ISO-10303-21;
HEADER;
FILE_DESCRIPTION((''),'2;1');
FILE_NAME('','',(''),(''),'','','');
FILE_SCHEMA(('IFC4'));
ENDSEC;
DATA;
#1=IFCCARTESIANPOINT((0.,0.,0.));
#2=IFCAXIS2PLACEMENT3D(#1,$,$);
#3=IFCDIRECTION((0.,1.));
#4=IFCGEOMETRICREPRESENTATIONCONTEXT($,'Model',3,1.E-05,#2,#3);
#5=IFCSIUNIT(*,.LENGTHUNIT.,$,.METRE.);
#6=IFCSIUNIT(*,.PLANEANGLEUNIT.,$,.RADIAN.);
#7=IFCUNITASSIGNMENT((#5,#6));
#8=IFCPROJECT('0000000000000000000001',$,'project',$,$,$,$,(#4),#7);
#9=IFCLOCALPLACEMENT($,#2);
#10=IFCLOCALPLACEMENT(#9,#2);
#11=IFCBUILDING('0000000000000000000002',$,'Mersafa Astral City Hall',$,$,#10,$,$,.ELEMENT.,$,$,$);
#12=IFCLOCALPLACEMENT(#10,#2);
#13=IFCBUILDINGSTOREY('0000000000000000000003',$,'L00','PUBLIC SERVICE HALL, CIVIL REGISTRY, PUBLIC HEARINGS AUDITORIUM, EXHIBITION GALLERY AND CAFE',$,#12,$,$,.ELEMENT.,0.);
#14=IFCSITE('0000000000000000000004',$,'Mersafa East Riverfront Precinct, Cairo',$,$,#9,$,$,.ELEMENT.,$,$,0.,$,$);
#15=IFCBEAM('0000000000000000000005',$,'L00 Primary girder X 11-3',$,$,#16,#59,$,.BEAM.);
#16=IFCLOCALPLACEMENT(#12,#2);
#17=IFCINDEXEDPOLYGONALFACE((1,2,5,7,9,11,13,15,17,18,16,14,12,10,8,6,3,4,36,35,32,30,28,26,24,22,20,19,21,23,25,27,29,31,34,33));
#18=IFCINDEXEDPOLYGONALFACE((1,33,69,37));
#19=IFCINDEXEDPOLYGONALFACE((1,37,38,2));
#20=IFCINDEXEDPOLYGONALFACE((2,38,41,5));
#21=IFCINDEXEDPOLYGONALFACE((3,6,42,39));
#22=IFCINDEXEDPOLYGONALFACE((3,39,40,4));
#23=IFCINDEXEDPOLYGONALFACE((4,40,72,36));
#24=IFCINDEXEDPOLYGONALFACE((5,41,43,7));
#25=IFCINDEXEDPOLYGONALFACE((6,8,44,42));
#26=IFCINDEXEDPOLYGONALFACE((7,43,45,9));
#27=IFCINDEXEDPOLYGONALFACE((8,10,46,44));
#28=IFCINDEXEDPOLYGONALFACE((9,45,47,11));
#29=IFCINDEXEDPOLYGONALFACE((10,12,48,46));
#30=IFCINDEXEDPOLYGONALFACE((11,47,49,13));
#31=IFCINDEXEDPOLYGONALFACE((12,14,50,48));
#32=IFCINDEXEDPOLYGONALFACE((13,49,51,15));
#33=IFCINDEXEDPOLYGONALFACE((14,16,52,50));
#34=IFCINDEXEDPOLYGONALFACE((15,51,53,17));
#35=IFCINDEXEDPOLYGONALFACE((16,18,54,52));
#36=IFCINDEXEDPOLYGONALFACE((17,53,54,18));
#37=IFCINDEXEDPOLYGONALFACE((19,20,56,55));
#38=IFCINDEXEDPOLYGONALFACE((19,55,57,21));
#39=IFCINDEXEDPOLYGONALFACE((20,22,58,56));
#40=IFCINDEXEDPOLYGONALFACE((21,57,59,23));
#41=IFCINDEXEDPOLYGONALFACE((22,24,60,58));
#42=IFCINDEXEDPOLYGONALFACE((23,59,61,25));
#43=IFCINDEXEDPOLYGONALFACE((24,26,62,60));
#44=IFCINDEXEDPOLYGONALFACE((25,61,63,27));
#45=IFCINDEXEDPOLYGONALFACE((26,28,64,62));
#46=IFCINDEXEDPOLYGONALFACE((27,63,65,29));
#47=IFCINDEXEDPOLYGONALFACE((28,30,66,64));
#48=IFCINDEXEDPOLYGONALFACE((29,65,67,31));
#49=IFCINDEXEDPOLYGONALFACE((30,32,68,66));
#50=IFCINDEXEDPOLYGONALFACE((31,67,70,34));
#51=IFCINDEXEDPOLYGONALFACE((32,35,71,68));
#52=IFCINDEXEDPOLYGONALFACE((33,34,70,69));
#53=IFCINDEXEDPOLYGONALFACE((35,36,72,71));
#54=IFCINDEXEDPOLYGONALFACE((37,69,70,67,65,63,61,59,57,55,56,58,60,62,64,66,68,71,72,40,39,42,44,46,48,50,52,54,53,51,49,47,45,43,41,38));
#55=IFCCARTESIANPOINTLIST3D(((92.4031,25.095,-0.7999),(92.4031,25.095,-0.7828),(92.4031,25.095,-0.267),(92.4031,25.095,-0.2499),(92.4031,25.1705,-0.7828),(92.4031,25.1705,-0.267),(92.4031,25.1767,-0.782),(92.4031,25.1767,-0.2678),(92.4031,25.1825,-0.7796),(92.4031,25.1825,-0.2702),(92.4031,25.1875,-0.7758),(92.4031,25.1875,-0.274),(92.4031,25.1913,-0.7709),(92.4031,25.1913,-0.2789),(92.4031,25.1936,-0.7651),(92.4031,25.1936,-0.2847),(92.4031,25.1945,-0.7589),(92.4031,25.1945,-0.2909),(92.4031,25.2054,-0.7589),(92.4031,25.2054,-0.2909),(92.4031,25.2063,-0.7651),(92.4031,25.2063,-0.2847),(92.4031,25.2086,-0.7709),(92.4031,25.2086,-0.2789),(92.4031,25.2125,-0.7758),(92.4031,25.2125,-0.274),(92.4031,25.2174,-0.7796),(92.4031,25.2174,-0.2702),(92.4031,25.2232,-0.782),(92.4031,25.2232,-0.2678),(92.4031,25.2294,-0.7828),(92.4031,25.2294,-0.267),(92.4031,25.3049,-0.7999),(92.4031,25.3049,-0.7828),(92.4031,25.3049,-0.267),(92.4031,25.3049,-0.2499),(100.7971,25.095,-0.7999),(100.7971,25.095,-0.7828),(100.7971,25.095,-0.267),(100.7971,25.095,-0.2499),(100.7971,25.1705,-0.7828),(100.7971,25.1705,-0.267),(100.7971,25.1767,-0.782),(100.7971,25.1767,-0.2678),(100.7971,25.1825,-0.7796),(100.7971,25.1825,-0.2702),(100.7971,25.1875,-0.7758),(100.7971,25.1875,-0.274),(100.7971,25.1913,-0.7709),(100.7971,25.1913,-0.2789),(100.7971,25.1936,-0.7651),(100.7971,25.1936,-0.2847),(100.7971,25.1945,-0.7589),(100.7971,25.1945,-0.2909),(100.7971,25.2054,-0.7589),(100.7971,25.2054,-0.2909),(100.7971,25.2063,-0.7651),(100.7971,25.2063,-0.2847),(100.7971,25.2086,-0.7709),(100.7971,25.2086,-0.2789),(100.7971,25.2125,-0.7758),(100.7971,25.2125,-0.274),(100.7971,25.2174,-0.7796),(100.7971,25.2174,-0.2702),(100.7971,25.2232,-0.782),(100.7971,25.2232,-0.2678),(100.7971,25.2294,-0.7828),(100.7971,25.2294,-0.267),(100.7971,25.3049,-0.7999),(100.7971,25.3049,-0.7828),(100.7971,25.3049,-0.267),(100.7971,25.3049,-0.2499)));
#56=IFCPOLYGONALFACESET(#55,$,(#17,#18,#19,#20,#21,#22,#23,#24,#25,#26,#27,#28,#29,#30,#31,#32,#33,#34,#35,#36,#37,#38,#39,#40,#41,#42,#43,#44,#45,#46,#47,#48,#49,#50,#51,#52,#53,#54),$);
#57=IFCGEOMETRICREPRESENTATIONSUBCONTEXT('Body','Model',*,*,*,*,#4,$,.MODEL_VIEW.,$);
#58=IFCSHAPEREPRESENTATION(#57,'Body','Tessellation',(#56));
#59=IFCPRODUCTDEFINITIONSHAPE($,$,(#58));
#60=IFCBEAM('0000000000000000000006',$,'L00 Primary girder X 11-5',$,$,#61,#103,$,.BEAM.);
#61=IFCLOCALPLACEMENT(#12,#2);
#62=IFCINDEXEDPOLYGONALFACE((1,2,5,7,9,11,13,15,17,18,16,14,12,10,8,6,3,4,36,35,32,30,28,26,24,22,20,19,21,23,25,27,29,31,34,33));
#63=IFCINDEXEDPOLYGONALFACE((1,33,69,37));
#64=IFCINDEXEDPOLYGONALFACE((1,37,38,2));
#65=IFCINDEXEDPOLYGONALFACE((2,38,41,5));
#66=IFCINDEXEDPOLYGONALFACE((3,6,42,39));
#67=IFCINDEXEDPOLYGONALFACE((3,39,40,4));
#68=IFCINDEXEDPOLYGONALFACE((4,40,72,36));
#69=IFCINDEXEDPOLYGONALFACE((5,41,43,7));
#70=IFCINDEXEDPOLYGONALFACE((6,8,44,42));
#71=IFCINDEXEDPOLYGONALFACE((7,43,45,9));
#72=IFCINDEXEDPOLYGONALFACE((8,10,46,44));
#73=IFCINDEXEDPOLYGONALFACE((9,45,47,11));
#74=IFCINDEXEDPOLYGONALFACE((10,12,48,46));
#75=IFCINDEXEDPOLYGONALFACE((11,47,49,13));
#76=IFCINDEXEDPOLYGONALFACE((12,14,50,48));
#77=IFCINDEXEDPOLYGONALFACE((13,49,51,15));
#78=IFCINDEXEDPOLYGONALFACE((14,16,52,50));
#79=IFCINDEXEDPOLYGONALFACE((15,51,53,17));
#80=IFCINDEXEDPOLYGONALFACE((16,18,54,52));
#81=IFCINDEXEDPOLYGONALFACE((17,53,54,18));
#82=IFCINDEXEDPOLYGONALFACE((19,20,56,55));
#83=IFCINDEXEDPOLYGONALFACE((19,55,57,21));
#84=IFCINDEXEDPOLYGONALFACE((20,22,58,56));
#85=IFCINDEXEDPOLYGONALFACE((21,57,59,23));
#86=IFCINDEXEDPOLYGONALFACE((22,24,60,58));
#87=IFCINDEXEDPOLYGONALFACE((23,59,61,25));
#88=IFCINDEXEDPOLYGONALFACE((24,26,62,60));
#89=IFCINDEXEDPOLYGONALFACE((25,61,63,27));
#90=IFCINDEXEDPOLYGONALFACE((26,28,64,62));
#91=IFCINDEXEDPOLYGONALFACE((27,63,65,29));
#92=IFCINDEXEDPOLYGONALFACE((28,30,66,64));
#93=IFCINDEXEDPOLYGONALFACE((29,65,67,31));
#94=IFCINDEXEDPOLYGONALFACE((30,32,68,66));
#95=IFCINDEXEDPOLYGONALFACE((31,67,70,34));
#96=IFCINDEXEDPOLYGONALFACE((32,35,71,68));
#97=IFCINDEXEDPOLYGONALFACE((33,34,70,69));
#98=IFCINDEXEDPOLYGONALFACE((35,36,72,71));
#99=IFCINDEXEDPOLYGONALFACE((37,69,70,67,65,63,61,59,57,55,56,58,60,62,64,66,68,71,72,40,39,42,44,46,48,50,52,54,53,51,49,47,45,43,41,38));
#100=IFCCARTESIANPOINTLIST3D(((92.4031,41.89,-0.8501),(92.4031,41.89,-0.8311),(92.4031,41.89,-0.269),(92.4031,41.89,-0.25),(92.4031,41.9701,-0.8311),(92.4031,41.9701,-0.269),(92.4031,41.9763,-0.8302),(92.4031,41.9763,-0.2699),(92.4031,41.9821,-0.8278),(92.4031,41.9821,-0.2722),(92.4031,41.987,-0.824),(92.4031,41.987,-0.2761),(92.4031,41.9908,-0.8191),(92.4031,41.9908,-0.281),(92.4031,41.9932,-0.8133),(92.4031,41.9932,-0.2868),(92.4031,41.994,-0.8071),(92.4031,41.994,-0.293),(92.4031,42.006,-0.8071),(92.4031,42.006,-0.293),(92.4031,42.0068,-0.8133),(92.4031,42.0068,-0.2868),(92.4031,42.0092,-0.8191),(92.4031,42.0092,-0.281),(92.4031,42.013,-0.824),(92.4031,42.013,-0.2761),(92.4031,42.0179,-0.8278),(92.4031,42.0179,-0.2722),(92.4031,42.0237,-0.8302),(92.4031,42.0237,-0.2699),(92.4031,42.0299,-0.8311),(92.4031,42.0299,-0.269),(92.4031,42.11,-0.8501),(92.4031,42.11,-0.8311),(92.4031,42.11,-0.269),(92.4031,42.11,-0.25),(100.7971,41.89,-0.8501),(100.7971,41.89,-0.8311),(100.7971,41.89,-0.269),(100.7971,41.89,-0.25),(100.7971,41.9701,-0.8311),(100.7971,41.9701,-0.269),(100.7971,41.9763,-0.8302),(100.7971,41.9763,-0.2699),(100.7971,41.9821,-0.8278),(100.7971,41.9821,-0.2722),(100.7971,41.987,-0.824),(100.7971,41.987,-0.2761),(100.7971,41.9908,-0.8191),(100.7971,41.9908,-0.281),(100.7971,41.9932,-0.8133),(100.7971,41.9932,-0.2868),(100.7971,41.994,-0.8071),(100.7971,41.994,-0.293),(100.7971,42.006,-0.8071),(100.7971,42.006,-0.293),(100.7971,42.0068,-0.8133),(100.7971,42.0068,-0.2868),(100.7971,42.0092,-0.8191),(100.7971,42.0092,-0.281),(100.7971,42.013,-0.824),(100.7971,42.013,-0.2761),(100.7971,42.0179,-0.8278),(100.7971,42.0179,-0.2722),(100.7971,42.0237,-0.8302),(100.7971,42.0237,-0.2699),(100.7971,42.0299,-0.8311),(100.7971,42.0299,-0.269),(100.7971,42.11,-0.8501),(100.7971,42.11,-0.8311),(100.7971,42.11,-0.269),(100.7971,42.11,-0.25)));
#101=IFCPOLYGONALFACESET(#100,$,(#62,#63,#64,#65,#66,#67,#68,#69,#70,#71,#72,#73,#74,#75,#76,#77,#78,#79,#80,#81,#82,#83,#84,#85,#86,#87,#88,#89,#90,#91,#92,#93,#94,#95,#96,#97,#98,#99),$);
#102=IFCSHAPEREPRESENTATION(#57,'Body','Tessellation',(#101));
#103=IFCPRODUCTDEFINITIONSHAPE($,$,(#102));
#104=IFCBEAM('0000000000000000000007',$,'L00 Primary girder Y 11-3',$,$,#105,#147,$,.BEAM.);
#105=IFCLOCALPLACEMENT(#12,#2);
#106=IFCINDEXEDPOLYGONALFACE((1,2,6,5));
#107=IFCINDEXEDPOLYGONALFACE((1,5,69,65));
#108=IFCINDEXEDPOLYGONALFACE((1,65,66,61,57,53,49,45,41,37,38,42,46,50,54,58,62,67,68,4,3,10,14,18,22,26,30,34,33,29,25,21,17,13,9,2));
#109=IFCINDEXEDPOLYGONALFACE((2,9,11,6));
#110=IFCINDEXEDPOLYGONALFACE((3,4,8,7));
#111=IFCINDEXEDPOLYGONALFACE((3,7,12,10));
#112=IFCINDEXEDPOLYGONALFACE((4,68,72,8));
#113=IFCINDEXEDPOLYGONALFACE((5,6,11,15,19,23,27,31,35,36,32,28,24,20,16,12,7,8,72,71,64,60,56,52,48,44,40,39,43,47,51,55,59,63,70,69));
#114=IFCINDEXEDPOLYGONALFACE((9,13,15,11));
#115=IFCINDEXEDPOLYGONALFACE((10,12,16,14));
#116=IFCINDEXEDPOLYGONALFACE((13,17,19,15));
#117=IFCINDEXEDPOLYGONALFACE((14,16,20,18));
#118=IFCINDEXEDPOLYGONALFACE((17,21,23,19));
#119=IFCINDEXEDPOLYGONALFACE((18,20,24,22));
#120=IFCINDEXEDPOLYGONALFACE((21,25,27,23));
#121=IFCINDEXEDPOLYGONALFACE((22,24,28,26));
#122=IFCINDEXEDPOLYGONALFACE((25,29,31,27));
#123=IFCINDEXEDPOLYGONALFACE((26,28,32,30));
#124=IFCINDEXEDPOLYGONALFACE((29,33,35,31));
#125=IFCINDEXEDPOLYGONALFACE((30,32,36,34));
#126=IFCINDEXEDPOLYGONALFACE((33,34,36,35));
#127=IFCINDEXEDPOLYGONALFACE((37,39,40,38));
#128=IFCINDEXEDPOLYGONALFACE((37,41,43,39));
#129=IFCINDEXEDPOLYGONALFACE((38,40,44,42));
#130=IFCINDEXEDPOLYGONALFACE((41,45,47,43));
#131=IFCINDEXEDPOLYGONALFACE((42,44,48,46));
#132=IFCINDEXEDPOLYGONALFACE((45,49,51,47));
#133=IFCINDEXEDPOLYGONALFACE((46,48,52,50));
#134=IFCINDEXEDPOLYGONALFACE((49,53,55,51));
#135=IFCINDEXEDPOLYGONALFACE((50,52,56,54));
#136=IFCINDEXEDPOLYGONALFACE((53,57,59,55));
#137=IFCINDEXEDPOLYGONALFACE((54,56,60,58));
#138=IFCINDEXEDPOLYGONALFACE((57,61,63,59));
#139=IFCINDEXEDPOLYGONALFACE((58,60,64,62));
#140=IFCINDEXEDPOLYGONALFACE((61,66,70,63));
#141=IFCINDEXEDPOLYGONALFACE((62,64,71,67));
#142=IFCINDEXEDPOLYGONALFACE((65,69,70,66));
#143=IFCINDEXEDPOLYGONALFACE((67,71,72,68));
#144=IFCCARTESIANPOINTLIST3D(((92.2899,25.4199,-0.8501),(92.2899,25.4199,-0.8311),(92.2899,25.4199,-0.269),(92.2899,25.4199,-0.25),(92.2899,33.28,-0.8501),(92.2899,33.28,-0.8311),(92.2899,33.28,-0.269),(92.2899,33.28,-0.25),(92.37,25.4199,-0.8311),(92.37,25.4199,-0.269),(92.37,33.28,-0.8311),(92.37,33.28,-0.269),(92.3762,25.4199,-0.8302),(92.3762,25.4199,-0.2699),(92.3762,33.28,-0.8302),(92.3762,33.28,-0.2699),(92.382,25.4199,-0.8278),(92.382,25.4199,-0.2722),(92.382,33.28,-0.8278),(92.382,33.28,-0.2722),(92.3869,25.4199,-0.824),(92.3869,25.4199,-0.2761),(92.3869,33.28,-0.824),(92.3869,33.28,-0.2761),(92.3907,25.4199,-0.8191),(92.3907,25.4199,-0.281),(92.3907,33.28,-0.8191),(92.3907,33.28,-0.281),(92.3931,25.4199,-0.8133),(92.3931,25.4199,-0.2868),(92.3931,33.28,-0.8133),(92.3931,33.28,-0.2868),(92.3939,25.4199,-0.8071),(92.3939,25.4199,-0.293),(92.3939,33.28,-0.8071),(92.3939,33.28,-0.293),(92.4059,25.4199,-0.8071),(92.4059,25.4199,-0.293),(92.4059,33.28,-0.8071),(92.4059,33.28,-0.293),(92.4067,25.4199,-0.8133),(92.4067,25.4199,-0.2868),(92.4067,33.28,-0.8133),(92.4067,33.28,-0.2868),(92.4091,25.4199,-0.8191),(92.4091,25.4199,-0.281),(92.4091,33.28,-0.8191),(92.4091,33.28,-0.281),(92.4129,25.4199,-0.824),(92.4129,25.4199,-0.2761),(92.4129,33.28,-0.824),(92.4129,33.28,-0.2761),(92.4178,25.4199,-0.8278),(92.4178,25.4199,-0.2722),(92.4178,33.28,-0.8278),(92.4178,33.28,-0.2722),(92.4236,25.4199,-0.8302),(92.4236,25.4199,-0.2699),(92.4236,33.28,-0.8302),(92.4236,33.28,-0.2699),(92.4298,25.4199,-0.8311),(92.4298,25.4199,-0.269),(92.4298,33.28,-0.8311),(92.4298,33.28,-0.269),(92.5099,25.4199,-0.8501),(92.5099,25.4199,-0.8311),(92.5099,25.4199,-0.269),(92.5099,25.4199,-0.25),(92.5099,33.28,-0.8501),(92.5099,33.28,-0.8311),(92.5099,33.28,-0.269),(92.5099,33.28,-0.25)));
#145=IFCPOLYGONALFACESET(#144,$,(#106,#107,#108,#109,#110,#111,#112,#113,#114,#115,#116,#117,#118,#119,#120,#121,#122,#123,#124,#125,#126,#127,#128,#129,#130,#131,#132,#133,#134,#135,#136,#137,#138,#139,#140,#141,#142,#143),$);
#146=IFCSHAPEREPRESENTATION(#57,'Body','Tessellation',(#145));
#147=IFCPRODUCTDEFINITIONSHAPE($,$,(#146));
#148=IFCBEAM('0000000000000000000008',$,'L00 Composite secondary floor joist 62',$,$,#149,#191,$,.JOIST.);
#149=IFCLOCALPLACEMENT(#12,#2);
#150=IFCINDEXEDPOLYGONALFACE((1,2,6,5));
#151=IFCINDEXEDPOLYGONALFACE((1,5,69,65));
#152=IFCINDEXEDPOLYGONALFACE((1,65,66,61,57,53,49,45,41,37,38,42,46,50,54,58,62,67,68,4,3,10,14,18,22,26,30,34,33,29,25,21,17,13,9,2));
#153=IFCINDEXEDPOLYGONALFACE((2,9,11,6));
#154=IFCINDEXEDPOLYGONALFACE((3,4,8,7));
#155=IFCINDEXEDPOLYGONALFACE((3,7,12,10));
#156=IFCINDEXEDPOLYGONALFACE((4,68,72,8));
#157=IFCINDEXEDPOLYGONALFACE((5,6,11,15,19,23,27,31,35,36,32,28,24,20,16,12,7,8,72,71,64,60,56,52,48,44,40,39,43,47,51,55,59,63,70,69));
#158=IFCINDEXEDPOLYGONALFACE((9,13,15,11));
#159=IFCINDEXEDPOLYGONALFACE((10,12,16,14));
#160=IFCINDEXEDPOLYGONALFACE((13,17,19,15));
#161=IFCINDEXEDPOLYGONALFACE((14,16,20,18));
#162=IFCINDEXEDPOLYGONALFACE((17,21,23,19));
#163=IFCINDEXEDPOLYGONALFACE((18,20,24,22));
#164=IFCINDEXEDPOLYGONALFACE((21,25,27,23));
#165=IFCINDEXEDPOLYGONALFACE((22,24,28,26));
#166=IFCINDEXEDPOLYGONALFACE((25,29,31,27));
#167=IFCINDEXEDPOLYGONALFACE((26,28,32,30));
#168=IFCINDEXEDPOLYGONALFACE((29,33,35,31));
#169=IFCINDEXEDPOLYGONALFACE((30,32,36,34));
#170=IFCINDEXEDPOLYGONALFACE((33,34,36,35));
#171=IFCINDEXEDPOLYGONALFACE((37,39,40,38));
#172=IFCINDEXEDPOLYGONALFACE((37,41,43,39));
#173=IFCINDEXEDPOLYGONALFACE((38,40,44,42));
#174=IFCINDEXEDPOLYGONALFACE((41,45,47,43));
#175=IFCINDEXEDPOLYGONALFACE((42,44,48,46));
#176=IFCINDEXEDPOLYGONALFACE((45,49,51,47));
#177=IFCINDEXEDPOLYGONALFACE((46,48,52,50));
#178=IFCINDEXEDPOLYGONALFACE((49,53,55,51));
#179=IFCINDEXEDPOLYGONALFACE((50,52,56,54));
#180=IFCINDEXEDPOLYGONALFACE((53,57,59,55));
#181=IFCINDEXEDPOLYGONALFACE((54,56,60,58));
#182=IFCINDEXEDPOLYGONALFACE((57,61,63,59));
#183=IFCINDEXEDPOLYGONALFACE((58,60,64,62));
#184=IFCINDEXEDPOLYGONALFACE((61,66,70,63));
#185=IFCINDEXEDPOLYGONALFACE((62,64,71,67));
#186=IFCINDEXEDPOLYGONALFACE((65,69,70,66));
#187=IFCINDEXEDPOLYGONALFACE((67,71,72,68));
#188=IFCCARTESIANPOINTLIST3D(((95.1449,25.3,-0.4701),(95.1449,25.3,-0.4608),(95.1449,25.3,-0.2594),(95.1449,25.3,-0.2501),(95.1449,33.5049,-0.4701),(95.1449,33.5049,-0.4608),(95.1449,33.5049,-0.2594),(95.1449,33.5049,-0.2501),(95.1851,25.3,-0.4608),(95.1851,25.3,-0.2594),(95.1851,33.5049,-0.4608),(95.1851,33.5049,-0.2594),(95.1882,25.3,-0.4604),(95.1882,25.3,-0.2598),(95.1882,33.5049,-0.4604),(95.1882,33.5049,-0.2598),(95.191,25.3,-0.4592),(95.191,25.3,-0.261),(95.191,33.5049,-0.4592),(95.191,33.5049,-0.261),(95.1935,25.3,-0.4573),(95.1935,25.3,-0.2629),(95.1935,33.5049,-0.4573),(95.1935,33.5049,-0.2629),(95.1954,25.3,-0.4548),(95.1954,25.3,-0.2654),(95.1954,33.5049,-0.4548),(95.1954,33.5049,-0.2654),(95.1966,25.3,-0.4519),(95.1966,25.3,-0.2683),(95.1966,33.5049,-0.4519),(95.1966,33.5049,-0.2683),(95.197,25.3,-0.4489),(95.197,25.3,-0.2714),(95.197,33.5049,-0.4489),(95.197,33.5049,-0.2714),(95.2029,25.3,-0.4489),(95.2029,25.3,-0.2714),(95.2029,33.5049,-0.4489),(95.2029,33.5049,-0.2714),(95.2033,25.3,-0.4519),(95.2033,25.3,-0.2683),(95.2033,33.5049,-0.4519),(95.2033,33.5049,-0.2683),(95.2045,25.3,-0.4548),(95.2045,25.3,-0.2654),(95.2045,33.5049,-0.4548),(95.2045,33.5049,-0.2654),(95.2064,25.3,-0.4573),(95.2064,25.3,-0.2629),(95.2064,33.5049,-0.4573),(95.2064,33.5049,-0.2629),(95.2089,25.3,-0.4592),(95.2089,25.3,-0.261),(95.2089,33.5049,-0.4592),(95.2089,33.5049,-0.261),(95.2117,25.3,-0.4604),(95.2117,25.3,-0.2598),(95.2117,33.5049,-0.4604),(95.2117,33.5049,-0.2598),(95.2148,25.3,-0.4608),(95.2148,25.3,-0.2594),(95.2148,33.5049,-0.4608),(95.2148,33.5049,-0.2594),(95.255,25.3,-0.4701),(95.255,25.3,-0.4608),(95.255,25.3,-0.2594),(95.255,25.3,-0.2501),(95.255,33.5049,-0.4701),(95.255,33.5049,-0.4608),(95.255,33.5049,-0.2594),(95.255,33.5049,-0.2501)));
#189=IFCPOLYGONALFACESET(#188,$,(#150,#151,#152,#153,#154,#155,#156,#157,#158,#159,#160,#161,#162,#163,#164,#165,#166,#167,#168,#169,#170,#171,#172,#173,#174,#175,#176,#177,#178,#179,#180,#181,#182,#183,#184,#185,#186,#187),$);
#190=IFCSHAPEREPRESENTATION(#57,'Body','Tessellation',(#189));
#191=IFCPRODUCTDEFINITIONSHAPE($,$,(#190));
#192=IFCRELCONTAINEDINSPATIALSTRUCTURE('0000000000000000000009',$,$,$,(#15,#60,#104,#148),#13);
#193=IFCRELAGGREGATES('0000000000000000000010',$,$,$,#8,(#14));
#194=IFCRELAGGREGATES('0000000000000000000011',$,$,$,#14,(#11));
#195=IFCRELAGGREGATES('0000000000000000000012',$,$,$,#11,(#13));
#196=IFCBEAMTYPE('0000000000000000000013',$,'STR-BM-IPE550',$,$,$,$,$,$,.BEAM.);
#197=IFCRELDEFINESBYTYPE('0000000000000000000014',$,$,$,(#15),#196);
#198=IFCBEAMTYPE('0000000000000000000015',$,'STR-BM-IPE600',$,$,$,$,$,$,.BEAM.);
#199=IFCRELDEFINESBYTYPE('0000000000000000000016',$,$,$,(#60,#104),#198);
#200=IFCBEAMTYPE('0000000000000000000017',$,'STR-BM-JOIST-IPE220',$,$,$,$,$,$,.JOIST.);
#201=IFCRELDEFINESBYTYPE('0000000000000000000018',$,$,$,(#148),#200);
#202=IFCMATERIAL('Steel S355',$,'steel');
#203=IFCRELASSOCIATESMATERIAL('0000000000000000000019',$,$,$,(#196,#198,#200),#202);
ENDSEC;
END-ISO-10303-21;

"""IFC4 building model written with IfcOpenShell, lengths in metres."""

from ifc_helpers import new_model, si_unit, direction, frame, origin, origin_2d, place, context, subcontext, project, spatial, i_section, extrude, material, material_profile, profile_set, type_object, element, save


model = new_model("IFC4")

# Units and contexts
model_context = context("Model", 3, precision=1e-05, world=origin(), true_north=direction((0.0, 1.0)))
body_context = subcontext(model_context, "Body", "Model", "MODEL_VIEW")
ifc_project = project(units=[si_unit("LENGTHUNIT", "METRE"), si_unit("PLANEANGLEUNIT", "RADIAN")], contexts=[model_context])

# Site, building, storey
site_placement = place(None, origin())
site = spatial("IfcSite", under=ifc_project, at=site_placement, Name="Mersafa East Riverfront Precinct, Cairo", CompositionType="ELEMENT", RefElevation=0.0)
building_placement = place(site_placement, origin())
building = spatial("IfcBuilding", under=site, at=building_placement, Name="Mersafa Astral City Hall", CompositionType="ELEMENT")
storey_placement = place(building_placement, origin())
storey = spatial("IfcBuildingStorey", under=building, at=storey_placement, Name="L00", Description="PUBLIC SERVICE HALL, CIVIL REGISTRY, PUBLIC HEARINGS AUDITORIUM, EXHIBITION GALLERY AND CAFE", CompositionType="ELEMENT", Elevation=0.0)

# Shared definitions
ifc_material_1 = material(Name="Steel S355", Category="steel")

# Beams
ifc_material_profile_1 = material_profile(ifc_material_1, i_section(OverallWidth=0.21, OverallDepth=0.55, WebThickness=0.011, FlangeThickness=0.0171, FilletRadius=0.0239, at=origin_2d()), Name="IPE 550")
ifc_profile_set_1 = profile_set([ifc_material_profile_1], Name="Steel S355")
beam_type_1 = type_object("IfcBeamType", Name="STR-BM-IPE550", PredefinedType="BEAM", material=ifc_profile_set_1)
beam_1_placement = place(storey_placement, frame((92.4031, 25.2, -0.5249), z_axis=(1.0, 0.0, 0.0), x_axis=(0.0, 1.0, 0.0)))
element("IfcBeam", 1, at=beam_1_placement, inside=storey, type_object=beam_type_1, Name="L00 Primary girder X 11-3", PredefinedType="BEAM", context=body_context, shape_type="SweptSolid", body=[
    extrude(i_section(OverallWidth=0.21, OverallDepth=0.55, WebThickness=0.011, FlangeThickness=0.0171, FilletRadius=0.0239, at=origin_2d()), origin(), (0.0, 0.0, 1.0), 8.394),
])
ifc_material_profile_2 = material_profile(ifc_material_1, i_section(OverallWidth=0.22, OverallDepth=0.6001, WebThickness=0.012, FlangeThickness=0.019, FilletRadius=0.0239, at=origin_2d()), Name="IPE 600")
ifc_profile_set_2 = profile_set([ifc_material_profile_2], Name="Steel S355")
beam_type_2 = type_object("IfcBeamType", Name="STR-BM-IPE600", PredefinedType="BEAM", material=ifc_profile_set_2)
beam_2_placement = place(storey_placement, frame((92.4031, 42.0, -0.55), z_axis=(1.0, 0.0, 0.0), x_axis=(0.0, 1.0, 0.0)))
element("IfcBeam", 2, at=beam_2_placement, inside=storey, type_object=beam_type_2, Name="L00 Primary girder X 11-5", PredefinedType="BEAM", context=body_context, shape_type="SweptSolid", body=[
    extrude(i_section(OverallWidth=0.22, OverallDepth=0.6001, WebThickness=0.012, FlangeThickness=0.019, FilletRadius=0.0239, at=origin_2d()), origin(), (0.0, 0.0, 1.0), 8.394),
])
beam_3_placement = place(storey_placement, frame((92.3999, 25.4199, -0.55), z_axis=(0.0, 1.0, 0.0), x_axis=(-1.0, 0.0, 0.0)))
element("IfcBeam", 3, at=beam_3_placement, inside=storey, type_object=beam_type_2, Name="L00 Primary girder Y 11-3", PredefinedType="BEAM", context=body_context, shape_type="SweptSolid", body=[
    extrude(i_section(OverallWidth=0.22, OverallDepth=0.6001, WebThickness=0.012, FlangeThickness=0.019, FilletRadius=0.0239, at=origin_2d()), origin(), (0.0, 0.0, 1.0), 7.8601),
])
ifc_material_profile_3 = material_profile(ifc_material_1, i_section(OverallWidth=0.1101, OverallDepth=0.22, WebThickness=0.0059, FlangeThickness=0.0093, FilletRadius=0.012, at=origin_2d()), Name="IPE 220")
ifc_profile_set_3 = profile_set([ifc_material_profile_3], Name="Steel S355")
beam_type_3 = type_object("IfcBeamType", Name="STR-BM-JOIST-IPE220", PredefinedType="JOIST", material=ifc_profile_set_3)
beam_4_placement = place(storey_placement, frame((95.2, 25.3, -0.3601), z_axis=(0.0, 1.0, 0.0), x_axis=(-1.0, 0.0, 0.0)))
element("IfcBeam", 4, at=beam_4_placement, inside=storey, type_object=beam_type_3, Name="L00 Composite secondary floor joist 62", PredefinedType="JOIST", context=body_context, shape_type="SweptSolid", body=[
    extrude(i_section(OverallWidth=0.1101, OverallDepth=0.22, WebThickness=0.0059, FlangeThickness=0.0093, FilletRadius=0.012, at=origin_2d()), origin(), (0.0, 0.0, 1.0), 8.2048),
])

save(model, "model.ifc")
